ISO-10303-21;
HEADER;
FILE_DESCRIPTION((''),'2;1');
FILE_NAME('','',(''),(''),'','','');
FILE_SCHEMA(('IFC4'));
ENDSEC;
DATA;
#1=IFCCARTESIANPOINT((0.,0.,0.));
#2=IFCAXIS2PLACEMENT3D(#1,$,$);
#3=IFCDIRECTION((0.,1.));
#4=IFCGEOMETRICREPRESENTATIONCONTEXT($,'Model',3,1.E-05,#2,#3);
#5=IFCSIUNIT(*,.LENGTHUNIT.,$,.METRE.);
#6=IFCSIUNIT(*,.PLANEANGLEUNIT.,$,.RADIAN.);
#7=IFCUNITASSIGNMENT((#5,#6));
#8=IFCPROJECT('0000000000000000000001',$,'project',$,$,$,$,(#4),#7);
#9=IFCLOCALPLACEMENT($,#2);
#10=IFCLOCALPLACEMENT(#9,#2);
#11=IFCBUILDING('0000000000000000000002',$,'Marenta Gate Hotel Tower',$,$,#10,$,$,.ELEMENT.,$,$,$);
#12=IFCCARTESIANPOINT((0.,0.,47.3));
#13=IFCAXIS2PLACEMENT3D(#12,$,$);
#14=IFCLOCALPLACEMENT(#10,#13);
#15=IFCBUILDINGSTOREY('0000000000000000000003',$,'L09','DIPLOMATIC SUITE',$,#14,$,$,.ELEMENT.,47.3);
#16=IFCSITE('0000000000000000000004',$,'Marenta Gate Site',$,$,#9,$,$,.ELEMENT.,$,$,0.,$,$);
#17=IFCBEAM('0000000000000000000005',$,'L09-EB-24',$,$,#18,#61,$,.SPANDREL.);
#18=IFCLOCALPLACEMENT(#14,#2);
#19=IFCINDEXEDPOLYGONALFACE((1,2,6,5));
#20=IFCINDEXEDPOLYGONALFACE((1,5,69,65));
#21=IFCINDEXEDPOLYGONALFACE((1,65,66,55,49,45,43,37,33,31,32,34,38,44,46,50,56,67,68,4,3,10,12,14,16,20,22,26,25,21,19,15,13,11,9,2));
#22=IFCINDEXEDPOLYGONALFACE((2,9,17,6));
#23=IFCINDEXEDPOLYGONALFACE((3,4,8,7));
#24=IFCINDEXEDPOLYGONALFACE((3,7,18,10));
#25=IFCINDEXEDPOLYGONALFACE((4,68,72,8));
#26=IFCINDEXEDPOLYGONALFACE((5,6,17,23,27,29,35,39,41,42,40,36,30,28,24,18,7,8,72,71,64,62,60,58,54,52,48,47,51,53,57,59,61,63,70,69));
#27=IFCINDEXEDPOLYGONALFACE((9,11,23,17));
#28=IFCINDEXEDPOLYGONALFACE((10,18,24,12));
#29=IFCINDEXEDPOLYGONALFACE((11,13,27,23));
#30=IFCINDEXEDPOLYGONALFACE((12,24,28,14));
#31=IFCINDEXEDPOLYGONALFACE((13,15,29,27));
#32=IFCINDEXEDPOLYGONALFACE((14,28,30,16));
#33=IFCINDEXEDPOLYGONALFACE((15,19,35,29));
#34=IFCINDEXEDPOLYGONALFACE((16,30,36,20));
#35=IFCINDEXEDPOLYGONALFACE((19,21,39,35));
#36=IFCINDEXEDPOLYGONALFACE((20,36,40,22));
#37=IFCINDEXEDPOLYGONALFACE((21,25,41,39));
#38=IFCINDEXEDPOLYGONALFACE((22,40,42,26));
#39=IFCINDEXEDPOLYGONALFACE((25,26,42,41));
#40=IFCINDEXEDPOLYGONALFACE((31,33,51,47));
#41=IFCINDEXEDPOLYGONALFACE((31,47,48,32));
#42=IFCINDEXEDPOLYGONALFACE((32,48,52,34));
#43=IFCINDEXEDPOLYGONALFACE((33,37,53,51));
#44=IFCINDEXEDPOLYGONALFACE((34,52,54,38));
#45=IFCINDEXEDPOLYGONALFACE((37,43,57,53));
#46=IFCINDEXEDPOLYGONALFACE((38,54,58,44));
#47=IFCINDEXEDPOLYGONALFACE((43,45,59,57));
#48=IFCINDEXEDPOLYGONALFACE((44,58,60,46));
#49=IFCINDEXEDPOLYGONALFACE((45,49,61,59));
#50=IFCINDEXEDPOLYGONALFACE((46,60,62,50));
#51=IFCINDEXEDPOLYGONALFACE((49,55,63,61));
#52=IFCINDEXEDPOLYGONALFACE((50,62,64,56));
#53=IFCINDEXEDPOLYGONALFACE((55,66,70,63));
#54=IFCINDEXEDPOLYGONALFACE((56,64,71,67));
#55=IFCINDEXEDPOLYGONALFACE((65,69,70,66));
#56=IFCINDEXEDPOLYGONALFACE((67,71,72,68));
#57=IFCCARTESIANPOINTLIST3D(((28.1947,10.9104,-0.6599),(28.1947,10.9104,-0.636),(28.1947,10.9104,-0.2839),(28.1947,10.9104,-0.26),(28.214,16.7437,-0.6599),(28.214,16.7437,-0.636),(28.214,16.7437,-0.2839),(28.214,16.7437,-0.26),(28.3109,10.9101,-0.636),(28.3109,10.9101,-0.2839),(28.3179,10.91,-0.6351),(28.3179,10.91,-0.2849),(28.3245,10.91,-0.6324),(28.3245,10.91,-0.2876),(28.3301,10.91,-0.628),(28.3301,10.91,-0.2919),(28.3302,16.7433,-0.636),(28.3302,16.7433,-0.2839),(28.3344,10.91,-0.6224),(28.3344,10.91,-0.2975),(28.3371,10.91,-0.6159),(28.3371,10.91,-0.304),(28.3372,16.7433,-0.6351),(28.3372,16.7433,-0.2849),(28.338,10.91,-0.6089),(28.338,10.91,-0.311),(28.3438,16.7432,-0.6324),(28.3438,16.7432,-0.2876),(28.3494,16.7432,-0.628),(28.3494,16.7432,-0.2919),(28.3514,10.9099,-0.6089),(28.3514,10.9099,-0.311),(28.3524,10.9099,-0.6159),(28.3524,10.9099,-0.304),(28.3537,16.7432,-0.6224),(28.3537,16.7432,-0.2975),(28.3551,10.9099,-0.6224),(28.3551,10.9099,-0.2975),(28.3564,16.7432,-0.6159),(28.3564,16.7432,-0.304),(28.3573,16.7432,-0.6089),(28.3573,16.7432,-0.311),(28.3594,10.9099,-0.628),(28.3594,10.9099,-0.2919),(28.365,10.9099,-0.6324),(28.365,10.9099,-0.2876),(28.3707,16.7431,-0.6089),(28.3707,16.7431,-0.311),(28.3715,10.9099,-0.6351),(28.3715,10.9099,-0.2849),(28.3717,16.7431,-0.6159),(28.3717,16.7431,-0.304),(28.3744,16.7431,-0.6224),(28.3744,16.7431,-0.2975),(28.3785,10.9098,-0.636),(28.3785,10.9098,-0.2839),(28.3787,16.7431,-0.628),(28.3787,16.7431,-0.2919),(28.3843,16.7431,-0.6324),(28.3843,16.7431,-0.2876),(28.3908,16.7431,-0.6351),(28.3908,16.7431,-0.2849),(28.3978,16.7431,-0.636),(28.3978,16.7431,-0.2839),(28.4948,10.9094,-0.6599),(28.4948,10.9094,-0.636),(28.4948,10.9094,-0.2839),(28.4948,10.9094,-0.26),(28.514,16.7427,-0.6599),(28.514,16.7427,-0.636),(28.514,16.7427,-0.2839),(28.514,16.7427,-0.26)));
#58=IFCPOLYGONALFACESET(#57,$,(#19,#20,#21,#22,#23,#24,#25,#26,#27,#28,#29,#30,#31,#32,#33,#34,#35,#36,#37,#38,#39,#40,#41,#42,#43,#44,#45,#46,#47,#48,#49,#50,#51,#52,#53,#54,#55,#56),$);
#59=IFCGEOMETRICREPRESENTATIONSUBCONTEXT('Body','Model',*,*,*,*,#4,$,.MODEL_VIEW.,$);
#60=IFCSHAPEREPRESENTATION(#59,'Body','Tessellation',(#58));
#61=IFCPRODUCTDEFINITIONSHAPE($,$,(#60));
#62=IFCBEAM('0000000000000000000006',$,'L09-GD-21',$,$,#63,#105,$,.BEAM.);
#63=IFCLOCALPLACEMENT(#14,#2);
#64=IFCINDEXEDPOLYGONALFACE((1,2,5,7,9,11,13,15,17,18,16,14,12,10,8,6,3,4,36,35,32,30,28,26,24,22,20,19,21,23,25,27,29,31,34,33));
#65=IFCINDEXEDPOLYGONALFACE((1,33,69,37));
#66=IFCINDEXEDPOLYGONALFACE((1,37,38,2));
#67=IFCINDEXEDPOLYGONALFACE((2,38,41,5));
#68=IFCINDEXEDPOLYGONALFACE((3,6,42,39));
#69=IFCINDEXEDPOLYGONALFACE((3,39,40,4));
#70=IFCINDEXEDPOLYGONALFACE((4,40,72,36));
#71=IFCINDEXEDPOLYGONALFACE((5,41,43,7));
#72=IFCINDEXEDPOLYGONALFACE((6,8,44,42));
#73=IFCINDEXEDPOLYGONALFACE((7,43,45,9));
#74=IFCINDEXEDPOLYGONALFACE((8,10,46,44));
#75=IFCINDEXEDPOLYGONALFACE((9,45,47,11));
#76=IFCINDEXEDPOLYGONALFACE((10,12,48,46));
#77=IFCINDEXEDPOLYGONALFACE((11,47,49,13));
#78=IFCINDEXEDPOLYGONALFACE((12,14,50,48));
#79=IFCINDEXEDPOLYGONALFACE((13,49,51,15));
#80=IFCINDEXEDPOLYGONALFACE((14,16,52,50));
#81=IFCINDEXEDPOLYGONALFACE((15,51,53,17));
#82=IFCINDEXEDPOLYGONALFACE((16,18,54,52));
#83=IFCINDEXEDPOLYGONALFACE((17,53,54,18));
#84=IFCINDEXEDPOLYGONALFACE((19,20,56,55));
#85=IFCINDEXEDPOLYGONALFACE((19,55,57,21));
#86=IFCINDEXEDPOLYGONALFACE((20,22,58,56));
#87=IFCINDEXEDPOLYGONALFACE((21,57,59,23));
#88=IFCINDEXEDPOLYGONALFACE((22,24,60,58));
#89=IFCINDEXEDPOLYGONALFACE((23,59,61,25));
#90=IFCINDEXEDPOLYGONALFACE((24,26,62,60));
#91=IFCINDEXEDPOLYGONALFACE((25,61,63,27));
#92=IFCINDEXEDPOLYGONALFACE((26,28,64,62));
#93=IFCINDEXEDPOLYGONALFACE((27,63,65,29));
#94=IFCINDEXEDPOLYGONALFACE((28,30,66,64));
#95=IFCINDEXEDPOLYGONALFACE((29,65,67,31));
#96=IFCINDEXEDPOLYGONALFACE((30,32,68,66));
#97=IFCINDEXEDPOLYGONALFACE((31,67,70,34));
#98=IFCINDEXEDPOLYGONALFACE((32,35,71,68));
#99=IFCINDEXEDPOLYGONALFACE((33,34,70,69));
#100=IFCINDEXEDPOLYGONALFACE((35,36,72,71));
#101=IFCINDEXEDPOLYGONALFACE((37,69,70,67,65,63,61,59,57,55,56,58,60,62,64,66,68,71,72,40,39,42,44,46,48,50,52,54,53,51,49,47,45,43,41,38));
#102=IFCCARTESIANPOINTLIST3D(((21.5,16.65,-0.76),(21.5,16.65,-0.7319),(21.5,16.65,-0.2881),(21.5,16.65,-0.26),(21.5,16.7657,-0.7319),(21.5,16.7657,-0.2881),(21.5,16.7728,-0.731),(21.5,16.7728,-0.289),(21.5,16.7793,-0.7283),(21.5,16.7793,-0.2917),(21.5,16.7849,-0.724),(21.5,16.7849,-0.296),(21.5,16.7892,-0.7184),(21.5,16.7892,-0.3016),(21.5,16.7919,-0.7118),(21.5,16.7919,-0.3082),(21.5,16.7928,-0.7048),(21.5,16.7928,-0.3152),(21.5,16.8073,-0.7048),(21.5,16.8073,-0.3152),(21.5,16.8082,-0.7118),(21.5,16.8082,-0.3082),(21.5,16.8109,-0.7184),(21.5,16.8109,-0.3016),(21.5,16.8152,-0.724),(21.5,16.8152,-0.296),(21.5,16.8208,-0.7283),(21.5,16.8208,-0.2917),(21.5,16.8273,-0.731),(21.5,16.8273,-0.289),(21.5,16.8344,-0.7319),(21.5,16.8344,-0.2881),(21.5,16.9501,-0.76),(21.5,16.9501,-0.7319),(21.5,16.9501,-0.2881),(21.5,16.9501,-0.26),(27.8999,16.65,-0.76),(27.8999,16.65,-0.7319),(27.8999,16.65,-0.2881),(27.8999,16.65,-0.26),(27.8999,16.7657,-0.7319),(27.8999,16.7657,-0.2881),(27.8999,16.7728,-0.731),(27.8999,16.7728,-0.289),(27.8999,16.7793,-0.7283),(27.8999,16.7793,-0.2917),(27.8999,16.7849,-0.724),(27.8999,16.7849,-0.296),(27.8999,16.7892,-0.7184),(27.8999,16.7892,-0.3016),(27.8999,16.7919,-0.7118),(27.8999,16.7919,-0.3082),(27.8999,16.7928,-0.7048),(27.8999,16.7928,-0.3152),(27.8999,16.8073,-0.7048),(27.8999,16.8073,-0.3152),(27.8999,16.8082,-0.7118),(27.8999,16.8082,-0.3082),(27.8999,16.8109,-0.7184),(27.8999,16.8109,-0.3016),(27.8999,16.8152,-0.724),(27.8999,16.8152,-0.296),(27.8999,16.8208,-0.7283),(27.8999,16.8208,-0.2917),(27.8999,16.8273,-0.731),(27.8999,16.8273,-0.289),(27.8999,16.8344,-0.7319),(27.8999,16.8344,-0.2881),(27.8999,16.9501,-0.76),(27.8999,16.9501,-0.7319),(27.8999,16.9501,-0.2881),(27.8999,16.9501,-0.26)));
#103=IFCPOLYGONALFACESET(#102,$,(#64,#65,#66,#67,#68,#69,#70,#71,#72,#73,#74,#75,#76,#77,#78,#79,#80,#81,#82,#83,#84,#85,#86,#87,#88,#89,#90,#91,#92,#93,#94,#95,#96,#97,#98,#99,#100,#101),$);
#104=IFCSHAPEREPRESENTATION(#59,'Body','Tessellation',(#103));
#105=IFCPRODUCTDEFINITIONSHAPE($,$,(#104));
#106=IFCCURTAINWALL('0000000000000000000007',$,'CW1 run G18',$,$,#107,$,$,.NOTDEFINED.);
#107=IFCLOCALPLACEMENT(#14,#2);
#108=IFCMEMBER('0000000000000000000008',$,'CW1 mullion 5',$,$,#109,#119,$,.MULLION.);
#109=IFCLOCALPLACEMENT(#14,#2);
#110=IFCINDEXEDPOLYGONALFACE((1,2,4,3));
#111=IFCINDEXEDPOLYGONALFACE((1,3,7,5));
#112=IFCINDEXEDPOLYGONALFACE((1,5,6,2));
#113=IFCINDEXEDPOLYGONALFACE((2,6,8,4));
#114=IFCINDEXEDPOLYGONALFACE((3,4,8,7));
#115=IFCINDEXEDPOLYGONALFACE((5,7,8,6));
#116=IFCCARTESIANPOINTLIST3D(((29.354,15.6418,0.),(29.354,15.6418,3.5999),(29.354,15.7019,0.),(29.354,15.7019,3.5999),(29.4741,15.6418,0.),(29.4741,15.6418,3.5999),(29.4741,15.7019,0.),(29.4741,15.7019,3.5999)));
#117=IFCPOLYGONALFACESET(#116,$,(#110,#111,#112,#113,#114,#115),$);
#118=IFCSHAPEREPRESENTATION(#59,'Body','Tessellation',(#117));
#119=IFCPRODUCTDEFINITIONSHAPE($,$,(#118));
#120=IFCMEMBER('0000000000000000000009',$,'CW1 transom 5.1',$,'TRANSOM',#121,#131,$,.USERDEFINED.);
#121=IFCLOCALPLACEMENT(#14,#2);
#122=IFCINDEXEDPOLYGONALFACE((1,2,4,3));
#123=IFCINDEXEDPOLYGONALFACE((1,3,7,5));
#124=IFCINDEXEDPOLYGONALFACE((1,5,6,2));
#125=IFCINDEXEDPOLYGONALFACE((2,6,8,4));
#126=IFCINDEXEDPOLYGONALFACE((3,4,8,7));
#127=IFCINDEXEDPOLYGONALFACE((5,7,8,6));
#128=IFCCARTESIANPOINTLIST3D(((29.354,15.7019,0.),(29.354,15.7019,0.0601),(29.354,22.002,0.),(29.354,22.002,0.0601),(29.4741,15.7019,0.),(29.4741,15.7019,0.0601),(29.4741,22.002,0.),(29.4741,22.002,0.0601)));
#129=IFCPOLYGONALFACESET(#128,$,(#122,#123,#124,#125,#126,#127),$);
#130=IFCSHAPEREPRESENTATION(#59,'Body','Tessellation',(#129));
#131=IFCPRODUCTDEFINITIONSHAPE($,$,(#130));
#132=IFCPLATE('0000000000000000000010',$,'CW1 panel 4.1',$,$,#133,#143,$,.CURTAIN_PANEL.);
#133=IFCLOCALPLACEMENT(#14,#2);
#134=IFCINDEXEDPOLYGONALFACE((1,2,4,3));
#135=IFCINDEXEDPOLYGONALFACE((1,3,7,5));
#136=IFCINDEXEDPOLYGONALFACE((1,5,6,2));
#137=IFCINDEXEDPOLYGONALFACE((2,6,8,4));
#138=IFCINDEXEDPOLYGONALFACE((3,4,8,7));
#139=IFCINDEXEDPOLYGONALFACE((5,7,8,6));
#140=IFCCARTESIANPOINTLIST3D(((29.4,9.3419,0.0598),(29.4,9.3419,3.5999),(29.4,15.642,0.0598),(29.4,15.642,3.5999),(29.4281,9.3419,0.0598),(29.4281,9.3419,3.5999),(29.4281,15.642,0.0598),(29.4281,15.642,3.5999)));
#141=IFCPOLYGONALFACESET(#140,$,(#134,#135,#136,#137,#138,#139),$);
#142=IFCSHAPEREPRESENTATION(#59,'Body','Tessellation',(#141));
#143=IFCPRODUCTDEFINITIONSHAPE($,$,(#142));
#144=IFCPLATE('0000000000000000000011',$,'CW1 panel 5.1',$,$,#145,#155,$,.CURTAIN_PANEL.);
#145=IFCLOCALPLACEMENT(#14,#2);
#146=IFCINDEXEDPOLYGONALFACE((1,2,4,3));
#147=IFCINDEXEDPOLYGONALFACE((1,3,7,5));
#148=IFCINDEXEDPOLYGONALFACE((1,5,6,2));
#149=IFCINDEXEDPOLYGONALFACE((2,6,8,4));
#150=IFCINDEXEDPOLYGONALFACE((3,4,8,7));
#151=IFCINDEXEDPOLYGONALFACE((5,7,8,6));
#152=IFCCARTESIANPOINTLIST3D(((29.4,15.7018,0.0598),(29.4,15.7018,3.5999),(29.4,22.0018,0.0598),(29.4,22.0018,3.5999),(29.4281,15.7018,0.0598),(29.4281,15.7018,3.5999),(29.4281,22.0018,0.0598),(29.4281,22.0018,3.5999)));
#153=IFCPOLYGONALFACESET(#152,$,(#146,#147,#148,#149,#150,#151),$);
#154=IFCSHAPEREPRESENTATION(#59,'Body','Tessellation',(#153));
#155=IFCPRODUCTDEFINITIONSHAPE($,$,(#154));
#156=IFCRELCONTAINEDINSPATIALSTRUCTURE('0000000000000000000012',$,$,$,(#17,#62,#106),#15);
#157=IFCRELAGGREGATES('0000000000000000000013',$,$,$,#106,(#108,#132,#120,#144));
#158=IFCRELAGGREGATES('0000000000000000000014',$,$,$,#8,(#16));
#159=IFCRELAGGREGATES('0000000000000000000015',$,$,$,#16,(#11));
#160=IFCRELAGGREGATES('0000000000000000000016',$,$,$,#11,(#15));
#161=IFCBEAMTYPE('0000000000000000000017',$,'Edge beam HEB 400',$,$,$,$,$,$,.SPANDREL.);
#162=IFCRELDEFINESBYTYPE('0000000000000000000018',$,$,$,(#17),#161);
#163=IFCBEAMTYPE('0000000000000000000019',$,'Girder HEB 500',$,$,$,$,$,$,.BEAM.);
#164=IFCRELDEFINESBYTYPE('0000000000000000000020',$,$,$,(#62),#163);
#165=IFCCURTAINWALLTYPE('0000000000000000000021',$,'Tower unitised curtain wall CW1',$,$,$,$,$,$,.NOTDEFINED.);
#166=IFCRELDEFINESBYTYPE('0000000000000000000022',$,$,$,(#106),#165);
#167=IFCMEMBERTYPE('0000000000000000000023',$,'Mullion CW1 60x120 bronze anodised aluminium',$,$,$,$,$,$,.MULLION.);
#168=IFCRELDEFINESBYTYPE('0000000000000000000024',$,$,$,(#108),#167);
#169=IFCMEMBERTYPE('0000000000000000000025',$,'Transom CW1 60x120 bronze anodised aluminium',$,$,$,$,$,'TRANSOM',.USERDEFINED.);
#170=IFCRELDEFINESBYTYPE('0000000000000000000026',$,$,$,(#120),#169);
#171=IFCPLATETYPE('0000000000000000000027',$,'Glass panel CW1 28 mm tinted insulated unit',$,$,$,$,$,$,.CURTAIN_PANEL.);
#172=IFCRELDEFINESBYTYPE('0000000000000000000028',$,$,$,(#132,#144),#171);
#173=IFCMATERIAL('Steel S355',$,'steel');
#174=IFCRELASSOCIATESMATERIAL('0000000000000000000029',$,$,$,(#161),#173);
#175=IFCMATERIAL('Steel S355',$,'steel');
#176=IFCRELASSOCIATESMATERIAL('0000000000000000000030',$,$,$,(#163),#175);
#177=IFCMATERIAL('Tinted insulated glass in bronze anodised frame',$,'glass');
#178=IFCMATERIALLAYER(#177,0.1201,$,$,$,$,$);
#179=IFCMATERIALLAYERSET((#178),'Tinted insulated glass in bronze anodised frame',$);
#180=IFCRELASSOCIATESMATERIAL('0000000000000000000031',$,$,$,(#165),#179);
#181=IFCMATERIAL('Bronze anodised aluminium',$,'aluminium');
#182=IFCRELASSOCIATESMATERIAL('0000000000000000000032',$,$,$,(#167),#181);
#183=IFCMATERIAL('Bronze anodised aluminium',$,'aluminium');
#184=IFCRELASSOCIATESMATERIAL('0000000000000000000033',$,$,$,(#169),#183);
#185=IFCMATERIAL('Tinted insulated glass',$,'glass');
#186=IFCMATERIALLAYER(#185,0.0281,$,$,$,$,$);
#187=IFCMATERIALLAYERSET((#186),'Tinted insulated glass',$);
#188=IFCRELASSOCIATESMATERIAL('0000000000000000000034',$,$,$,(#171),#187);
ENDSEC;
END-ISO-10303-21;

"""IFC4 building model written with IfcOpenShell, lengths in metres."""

from ifc_helpers import new_model, si_unit, direction, frame, origin, origin_2d, place, context, subcontext, project, spatial, rectangle, i_section, extrude, material, layer, layer_set, material_profile, profile_set, type_object, element, aggregate, save


model = new_model("IFC4")

# Units and contexts
model_context = context("Model", 3, precision=1e-05, world=origin(), true_north=direction((0.0, 1.0)))
body_context = subcontext(model_context, "Body", "Model", "MODEL_VIEW")
ifc_project = project(units=[si_unit("LENGTHUNIT", "METRE"), si_unit("PLANEANGLEUNIT", "RADIAN")], contexts=[model_context])

# Site, building, storey
site_placement = place(None, origin())
site = spatial("IfcSite", under=ifc_project, at=site_placement, Name="Marenta Gate Site", CompositionType="ELEMENT", RefElevation=0.0)
building_placement = place(site_placement, origin())
building = spatial("IfcBuilding", under=site, at=building_placement, Name="Marenta Gate Hotel Tower", CompositionType="ELEMENT")
storey_placement = place(building_placement, frame((0.0, 0.0, 47.3)))
storey = spatial("IfcBuildingStorey", under=building, at=storey_placement, Name="L09", Description="DIPLOMATIC SUITE", CompositionType="ELEMENT", Elevation=47.3)

# Beams
ifc_material_1 = material(Name="Steel S355", Category="steel")
ifc_material_profile_1 = material_profile(ifc_material_1, i_section(OverallWidth=0.3, OverallDepth=0.3999, WebThickness=0.0134, FlangeThickness=0.0239, FilletRadius=0.0271, at=origin_2d()), Name="HEB 400")
ifc_profile_set_1 = profile_set([ifc_material_profile_1], Name="Steel S355")
beam_type_1 = type_object("IfcBeamType", Name="Edge beam HEB 400", PredefinedType="SPANDREL", material=ifc_profile_set_1)
beam_1_placement = place(storey_placement, frame((28.364, 16.7432, -0.46), z_axis=(-0.003306, -0.999995, 0.0), x_axis=(0.999995, -0.003306, 0.0)))
element("IfcBeam", 1, at=beam_1_placement, inside=storey, type_object=beam_type_1, Name="L09-EB-24", PredefinedType="SPANDREL", context=body_context, shape_type="SweptSolid", body=[
    extrude(i_section(OverallWidth=0.3, OverallDepth=0.3999, WebThickness=0.0134, FlangeThickness=0.0239, FilletRadius=0.0271, at=origin_2d()), origin(), (0.0, 0.0, 1.0), 5.8333),
])
ifc_material_2 = material(Name="Steel S355", Category="steel")
ifc_material_profile_2 = material_profile(ifc_material_2, i_section(OverallWidth=0.3, OverallDepth=0.5, WebThickness=0.0144, FlangeThickness=0.0281, FilletRadius=0.0271, at=origin_2d()), Name="HEB 500")
ifc_profile_set_2 = profile_set([ifc_material_profile_2], Name="Steel S355")
beam_type_2 = type_object("IfcBeamType", Name="Girder HEB 500", PredefinedType="BEAM", material=ifc_profile_set_2)
beam_2_placement = place(storey_placement, frame((21.5, 16.8, -0.51), z_axis=(1.0, 0.0, 0.0), x_axis=(0.0, 1.0, 0.0)))
element("IfcBeam", 2, at=beam_2_placement, inside=storey, type_object=beam_type_2, Name="L09-GD-21", PredefinedType="BEAM", context=body_context, shape_type="SweptSolid", body=[
    extrude(i_section(OverallWidth=0.3, OverallDepth=0.5, WebThickness=0.0144, FlangeThickness=0.0281, FilletRadius=0.0271, at=origin_2d()), origin(), (0.0, 0.0, 1.0), 6.3999),
])

# Curtain wall, members, plates
ifc_material_3 = material(Name="Tinted insulated glass in bronze anodised frame", Category="glass")
ifc_layer_1 = layer(ifc_material_3, 0.1201)
ifc_layer_set_1 = layer_set([ifc_layer_1], Name="Tinted insulated glass in bronze anodised frame")
curtain_wall_type = type_object("IfcCurtainWallType", Name="Tower unitised curtain wall CW1", PredefinedType="NOTDEFINED", material=ifc_layer_set_1)
curtain_wall_placement = place(storey_placement, origin())
curtain_wall = element("IfcCurtainWall", 3, at=curtain_wall_placement, inside=storey, type_object=curtain_wall_type, Name="CW1 run G18", PredefinedType="NOTDEFINED")
ifc_material_4 = material(Name="Bronze anodised aluminium", Category="aluminium")
ifc_material_profile_3 = material_profile(ifc_material_4, rectangle(XDim=0.1201, YDim=0.0601, at=origin_2d()), Name="Mullion CW1 60x120 bronze anodised aluminium")
ifc_profile_set_3 = profile_set([ifc_material_profile_3], Name="Bronze anodised aluminium")
member_type_1 = type_object("IfcMemberType", Name="Mullion CW1 60x120 bronze anodised aluminium", PredefinedType="MULLION", material=ifc_profile_set_3)
member_1_placement = place(storey_placement, frame((29.4141, 15.6719, 0.0), z_axis=(0.0, 0.0, 1.0), x_axis=(-1.0, 0.0, 0.0)))
member_1 = element("IfcMember", 4, at=member_1_placement, type_object=member_type_1, Name="CW1 mullion 5", PredefinedType="MULLION", context=body_context, shape_type="SweptSolid", body=[
    extrude(rectangle(XDim=0.1201, YDim=0.0601, at=origin_2d()), origin(), (0.0, 0.0, 1.0), 3.5999),
])
ifc_material_5 = material(Name="Bronze anodised aluminium", Category="aluminium")
ifc_material_profile_4 = material_profile(ifc_material_5, rectangle(XDim=0.1201, YDim=0.0601, at=origin_2d()), Name="Transom CW1 60x120 bronze anodised aluminium")
ifc_profile_set_4 = profile_set([ifc_material_profile_4], Name="Bronze anodised aluminium")
member_type_2 = type_object("IfcMemberType", Name="Transom CW1 60x120 bronze anodised aluminium", ElementType="TRANSOM", PredefinedType="USERDEFINED", material=ifc_profile_set_4)
member_2_placement = place(storey_placement, frame((29.4141, 15.7019, 0.03), z_axis=(0.0, 1.0, 0.0), x_axis=(-1.0, 0.0, 0.0)))
member_2 = element("IfcMember", 5, at=member_2_placement, type_object=member_type_2, Name="CW1 transom 5.1", ObjectType="TRANSOM", PredefinedType="USERDEFINED", context=body_context, shape_type="SweptSolid", body=[
    extrude(rectangle(XDim=0.1201, YDim=0.0601, at=origin_2d()), origin(), (0.0, 0.0, 1.0), 6.3),
])
ifc_material_6 = material(Name="Tinted insulated glass", Category="glass")
ifc_layer_2 = layer(ifc_material_6, 0.0281)
ifc_layer_set_2 = layer_set([ifc_layer_2], Name="Tinted insulated glass")
plate_type = type_object("IfcPlateType", Name="Glass panel CW1 28 mm tinted insulated unit", PredefinedType="CURTAIN_PANEL", material=ifc_layer_set_2)
plate_1_placement = place(storey_placement, frame((29.4141, 12.4919, 0.0598), z_axis=(0.0, 0.0, 1.0), x_axis=(0.0, 1.0, 0.0)))
plate_1 = element("IfcPlate", 6, at=plate_1_placement, type_object=plate_type, Name="CW1 panel 4.1", PredefinedType="CURTAIN_PANEL", context=body_context, shape_type="SweptSolid", body=[
    extrude(rectangle(XDim=6.3, YDim=0.0281, at=origin_2d()), origin(), (0.0, 0.0, 1.0), 3.54),
])
plate_2_placement = place(storey_placement, frame((29.4141, 18.8518, 0.0598), z_axis=(0.0, 0.0, 1.0), x_axis=(0.0, 1.0, 0.0)))
plate_2 = element("IfcPlate", 7, at=plate_2_placement, type_object=plate_type, Name="CW1 panel 5.1", PredefinedType="CURTAIN_PANEL", context=body_context, shape_type="SweptSolid", body=[
    extrude(rectangle(XDim=6.3, YDim=0.0281, at=origin_2d()), origin(), (0.0, 0.0, 1.0), 3.54),
])
aggregate(curtain_wall, [member_1, plate_1, member_2, plate_2])

save(model, "model.ifc")
